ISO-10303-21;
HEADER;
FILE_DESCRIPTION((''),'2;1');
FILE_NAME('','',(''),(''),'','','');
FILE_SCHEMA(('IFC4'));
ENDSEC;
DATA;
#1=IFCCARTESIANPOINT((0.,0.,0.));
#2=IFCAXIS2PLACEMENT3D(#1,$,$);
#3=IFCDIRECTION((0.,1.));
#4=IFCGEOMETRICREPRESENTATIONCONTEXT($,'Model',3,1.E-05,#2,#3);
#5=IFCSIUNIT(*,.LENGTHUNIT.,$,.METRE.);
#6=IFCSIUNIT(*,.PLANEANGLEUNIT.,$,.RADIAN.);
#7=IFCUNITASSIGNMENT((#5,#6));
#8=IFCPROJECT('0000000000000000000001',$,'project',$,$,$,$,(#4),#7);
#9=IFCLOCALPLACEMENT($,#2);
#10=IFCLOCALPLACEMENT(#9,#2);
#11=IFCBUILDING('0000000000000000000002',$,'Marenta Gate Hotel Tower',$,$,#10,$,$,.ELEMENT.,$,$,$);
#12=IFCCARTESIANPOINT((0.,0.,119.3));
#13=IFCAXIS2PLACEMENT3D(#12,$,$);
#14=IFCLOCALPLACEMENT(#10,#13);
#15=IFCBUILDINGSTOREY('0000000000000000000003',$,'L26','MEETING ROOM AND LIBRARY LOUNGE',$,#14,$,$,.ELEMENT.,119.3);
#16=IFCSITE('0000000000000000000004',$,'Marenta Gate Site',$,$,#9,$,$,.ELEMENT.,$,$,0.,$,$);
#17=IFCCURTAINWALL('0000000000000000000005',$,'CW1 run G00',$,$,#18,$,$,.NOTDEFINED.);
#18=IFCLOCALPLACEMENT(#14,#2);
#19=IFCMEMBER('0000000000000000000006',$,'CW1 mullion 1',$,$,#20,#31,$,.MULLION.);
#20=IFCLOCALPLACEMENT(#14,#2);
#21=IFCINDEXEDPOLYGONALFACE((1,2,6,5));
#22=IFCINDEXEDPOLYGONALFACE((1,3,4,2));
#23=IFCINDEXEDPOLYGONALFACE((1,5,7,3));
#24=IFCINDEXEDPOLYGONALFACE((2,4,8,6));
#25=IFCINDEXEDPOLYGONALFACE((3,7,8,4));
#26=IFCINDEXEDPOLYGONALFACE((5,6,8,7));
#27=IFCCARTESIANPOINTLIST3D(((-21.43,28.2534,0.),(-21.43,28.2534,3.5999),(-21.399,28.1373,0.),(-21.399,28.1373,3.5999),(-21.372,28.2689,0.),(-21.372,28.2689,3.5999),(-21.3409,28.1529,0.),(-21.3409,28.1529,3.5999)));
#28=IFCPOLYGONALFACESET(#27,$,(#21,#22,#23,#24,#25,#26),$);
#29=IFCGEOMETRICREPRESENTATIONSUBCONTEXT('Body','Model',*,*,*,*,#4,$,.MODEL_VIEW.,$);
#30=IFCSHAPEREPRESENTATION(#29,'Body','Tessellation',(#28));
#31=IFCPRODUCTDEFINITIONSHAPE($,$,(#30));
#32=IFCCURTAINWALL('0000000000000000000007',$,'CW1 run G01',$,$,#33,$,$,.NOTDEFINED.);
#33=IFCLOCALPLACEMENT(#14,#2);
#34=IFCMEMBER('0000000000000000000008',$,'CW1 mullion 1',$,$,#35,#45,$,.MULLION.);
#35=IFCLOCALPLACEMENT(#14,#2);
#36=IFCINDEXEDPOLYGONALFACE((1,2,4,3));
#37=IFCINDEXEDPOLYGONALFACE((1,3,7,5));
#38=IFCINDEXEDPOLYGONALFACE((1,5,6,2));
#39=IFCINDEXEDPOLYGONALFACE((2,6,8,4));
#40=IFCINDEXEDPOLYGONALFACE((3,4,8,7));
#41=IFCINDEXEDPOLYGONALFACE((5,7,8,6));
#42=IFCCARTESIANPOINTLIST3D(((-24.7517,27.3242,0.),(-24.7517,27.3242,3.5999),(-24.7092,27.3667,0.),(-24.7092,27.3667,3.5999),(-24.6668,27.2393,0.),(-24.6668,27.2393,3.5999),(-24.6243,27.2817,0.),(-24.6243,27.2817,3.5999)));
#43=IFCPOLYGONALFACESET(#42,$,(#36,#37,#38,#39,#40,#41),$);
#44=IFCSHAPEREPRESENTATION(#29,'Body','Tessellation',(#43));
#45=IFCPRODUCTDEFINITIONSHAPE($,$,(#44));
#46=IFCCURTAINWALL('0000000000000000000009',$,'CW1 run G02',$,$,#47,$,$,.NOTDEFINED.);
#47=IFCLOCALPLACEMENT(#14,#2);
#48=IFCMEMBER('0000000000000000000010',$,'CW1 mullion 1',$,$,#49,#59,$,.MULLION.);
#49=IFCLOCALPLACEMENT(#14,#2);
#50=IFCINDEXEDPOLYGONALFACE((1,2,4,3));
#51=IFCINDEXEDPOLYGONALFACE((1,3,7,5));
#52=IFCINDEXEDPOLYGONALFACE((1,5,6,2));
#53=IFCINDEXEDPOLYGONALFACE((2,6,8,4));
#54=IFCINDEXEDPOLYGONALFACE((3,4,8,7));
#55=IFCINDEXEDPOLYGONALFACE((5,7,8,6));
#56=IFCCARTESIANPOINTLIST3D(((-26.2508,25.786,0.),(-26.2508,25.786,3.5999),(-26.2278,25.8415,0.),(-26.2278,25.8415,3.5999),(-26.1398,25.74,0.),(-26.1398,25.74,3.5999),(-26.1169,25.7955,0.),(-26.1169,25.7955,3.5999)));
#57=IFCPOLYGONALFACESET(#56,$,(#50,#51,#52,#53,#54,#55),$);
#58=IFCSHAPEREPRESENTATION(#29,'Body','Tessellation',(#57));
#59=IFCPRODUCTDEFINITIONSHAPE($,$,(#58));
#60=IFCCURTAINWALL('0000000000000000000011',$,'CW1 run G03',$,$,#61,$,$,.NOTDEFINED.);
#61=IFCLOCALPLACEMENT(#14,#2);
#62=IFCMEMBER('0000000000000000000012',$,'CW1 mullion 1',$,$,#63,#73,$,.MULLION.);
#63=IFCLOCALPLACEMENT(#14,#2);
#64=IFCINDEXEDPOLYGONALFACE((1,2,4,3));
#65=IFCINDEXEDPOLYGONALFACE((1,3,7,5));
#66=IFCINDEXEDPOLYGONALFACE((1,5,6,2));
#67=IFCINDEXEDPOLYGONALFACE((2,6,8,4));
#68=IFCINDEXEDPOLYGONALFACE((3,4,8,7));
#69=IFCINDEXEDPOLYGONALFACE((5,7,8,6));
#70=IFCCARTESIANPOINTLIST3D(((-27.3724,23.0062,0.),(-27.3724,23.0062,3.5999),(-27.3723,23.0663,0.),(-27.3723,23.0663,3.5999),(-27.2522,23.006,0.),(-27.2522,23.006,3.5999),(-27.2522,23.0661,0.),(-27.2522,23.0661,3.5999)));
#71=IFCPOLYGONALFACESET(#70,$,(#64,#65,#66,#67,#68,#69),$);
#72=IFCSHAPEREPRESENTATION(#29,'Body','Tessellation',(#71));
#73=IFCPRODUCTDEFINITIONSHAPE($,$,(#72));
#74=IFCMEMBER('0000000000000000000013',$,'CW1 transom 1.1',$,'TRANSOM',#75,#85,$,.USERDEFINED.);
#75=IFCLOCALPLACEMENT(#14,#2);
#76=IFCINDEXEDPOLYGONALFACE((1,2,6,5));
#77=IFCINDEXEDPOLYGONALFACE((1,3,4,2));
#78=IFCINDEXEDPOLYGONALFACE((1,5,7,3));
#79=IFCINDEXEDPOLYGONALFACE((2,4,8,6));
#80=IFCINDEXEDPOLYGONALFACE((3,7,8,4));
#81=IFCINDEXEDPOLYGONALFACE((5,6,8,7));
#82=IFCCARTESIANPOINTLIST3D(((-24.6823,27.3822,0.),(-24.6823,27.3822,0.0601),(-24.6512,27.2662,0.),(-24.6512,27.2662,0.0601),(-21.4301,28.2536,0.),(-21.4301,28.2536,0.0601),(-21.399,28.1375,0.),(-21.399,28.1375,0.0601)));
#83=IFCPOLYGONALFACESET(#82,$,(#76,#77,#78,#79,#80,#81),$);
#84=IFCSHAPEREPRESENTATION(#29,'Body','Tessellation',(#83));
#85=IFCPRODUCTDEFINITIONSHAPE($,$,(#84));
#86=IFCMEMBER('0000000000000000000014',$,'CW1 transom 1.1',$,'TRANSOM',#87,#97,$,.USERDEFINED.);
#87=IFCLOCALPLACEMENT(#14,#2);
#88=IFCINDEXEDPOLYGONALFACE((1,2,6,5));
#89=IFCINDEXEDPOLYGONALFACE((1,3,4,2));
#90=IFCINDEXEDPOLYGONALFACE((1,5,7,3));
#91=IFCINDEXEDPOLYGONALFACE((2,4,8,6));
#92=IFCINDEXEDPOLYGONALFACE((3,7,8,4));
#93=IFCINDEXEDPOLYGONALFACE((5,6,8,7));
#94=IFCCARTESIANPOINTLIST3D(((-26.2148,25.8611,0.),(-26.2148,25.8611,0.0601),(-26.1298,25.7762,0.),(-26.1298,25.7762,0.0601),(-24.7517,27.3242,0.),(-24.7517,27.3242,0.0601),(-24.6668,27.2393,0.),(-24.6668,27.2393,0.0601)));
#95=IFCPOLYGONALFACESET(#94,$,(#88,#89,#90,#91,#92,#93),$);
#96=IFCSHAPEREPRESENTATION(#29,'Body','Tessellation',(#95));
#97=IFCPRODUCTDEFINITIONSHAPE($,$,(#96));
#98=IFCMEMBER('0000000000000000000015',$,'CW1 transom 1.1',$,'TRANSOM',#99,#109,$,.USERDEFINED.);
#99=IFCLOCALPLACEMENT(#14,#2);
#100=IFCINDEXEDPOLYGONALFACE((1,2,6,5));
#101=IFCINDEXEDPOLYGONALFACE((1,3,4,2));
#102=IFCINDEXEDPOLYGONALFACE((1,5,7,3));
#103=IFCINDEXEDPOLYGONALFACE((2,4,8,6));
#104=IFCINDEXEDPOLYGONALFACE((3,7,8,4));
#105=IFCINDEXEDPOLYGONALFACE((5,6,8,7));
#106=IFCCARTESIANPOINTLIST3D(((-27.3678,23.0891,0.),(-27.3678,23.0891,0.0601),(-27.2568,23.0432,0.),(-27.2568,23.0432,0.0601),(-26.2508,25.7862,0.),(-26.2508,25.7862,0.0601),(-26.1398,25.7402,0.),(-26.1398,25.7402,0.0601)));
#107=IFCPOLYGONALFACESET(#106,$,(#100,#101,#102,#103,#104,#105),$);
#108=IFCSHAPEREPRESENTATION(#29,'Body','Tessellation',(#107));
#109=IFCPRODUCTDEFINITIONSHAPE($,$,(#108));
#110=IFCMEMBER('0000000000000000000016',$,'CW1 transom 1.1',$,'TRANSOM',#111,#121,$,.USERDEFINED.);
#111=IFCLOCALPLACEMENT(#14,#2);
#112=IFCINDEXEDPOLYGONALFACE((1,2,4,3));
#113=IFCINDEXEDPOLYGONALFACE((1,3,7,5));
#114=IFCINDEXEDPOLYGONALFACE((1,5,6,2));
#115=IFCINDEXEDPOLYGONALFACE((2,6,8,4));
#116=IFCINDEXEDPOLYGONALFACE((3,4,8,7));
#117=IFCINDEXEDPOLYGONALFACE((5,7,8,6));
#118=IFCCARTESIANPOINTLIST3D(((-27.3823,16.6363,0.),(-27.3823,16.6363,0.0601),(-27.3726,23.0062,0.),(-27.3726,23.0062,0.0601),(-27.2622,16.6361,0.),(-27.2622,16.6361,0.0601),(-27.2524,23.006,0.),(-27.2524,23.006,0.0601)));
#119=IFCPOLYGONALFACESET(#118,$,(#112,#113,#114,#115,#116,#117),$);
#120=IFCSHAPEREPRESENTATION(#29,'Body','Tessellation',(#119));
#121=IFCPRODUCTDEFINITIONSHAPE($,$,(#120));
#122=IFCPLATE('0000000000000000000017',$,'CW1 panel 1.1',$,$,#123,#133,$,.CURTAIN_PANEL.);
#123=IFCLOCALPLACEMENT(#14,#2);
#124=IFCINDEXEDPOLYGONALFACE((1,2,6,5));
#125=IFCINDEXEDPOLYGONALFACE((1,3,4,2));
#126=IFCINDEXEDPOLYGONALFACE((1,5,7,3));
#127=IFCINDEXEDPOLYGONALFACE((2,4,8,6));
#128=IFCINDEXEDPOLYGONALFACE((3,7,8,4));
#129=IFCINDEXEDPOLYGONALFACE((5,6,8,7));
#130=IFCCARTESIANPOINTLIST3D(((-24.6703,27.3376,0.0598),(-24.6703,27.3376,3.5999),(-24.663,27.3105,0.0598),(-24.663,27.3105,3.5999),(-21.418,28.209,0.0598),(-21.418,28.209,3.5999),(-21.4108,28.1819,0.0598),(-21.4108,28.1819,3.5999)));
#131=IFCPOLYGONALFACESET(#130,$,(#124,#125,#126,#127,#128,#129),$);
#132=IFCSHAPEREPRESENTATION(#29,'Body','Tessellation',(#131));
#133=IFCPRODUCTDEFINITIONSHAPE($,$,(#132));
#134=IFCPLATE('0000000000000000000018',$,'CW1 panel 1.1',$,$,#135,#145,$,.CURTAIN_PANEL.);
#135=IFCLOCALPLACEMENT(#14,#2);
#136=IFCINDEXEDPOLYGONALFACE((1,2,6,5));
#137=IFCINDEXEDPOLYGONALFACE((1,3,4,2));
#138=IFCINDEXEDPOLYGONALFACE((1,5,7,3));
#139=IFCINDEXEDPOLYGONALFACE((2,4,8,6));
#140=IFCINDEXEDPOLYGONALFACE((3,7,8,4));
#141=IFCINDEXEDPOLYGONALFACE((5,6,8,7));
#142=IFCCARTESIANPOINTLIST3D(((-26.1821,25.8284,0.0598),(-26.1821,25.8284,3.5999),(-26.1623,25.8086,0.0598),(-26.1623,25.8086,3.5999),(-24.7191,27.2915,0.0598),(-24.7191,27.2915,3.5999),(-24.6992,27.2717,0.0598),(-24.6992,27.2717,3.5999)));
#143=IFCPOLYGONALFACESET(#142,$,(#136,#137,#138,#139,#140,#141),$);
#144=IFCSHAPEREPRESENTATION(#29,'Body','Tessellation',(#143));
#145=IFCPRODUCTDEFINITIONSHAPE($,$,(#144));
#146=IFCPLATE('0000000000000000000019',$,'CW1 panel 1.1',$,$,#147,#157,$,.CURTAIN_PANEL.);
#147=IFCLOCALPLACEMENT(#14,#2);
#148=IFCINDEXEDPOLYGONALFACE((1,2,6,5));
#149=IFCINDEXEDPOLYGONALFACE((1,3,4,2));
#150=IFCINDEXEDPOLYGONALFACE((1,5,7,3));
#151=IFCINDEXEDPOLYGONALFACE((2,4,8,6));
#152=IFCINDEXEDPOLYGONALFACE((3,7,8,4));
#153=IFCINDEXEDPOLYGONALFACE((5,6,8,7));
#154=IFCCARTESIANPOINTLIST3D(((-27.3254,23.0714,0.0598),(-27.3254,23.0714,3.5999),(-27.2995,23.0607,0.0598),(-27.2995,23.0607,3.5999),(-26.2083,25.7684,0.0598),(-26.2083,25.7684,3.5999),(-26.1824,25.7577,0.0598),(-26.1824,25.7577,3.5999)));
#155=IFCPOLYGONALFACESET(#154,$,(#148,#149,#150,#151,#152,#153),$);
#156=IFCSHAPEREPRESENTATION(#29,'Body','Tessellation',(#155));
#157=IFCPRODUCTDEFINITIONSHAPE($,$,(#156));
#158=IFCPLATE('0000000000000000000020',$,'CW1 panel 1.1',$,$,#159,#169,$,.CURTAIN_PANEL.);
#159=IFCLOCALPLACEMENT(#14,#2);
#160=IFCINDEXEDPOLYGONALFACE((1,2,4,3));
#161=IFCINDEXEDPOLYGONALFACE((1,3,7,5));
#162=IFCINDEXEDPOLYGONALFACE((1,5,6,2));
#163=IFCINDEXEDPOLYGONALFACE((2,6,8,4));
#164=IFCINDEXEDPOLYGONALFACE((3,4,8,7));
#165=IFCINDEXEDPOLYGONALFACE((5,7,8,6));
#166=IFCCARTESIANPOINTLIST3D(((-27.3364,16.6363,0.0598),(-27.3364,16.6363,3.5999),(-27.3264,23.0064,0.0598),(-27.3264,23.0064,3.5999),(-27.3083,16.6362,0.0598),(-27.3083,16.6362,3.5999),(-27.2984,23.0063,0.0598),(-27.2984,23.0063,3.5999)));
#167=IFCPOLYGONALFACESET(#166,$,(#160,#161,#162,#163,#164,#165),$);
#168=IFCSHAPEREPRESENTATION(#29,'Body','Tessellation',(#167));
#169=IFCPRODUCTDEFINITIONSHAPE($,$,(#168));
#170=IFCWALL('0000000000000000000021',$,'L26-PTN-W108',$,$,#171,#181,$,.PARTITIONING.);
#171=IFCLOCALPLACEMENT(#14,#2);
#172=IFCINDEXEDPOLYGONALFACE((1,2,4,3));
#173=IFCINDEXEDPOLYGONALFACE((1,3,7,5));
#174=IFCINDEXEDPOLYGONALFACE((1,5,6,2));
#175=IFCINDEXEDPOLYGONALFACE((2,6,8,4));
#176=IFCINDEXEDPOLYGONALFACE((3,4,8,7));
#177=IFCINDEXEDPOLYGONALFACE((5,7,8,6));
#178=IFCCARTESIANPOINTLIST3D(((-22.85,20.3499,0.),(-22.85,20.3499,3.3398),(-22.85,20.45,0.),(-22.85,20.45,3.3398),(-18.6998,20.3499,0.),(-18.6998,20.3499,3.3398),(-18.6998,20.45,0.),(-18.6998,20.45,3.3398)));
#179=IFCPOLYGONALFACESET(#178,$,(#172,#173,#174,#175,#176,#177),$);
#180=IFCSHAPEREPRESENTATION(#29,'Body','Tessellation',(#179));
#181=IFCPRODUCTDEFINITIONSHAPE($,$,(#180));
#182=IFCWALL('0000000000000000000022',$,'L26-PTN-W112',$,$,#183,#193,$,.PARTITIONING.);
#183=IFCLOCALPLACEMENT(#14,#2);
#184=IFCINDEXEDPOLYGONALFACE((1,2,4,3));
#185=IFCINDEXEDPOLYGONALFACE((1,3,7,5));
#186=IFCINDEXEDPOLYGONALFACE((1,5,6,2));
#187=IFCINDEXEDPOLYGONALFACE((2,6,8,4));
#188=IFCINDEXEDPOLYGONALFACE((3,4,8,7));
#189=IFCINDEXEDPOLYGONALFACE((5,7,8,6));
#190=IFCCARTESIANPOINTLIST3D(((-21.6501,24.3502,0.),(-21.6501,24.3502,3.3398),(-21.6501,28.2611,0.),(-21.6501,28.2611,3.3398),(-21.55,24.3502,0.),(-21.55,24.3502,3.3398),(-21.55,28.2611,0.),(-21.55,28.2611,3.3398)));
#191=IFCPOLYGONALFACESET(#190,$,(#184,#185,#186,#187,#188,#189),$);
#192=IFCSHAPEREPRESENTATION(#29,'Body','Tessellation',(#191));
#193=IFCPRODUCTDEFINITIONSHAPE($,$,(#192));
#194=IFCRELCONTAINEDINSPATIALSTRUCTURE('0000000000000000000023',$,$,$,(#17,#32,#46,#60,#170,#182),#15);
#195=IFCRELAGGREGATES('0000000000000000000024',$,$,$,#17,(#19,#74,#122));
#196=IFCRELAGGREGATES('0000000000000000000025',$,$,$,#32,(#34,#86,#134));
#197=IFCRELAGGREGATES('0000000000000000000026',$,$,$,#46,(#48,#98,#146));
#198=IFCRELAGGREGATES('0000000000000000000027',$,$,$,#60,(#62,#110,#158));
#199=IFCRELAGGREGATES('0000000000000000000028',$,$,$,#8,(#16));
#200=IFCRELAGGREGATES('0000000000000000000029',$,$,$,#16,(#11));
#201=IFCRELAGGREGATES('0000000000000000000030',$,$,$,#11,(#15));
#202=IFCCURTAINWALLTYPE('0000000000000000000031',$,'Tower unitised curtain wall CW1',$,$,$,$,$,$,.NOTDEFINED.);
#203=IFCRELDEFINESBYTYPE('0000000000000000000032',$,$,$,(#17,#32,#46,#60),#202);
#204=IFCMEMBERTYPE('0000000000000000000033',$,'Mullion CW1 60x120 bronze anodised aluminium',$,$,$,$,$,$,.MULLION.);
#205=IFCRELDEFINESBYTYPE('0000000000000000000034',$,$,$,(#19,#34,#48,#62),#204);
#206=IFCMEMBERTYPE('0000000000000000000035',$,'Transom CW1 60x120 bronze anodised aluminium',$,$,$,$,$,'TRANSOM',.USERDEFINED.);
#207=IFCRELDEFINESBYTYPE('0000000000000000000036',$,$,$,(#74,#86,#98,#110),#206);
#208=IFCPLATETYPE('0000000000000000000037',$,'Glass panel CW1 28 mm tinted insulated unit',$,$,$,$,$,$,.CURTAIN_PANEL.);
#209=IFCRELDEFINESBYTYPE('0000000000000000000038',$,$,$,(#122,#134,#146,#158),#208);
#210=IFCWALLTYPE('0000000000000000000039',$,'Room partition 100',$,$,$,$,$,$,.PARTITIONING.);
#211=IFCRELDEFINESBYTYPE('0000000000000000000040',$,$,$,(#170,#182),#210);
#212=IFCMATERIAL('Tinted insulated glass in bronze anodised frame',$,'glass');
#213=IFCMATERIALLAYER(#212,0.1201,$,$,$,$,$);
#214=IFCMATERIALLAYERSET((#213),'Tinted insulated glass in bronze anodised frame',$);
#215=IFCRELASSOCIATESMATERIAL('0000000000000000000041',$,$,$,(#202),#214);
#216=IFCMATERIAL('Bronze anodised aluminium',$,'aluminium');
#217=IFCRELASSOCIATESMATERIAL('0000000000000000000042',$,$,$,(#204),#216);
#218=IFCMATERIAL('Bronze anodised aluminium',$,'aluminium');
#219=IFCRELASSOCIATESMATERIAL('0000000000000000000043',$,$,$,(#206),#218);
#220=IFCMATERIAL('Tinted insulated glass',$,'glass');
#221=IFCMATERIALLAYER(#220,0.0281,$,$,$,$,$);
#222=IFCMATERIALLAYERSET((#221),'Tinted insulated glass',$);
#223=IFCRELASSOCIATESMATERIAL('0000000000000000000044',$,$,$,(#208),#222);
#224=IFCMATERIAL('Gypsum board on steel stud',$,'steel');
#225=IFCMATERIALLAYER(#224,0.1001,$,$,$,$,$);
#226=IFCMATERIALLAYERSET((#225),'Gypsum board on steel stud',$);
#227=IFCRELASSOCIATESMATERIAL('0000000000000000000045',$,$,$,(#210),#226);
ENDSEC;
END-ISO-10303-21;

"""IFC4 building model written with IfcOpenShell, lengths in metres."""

from ifc_helpers import new_model, si_unit, direction, frame, frame_2d, origin, origin_2d, place, context, subcontext, project, spatial, rectangle, extrude, material, layer, layer_set, material_profile, profile_set, type_object, element, aggregate, save


model = new_model("IFC4")

# Units and contexts
model_context = context("Model", 3, precision=1e-05, world=origin(), true_north=direction((0.0, 1.0)))
body_context = subcontext(model_context, "Body", "Model", "MODEL_VIEW")
ifc_project = project(units=[si_unit("LENGTHUNIT", "METRE"), si_unit("PLANEANGLEUNIT", "RADIAN")], contexts=[model_context])

# Site, building, storey
site_placement = place(None, origin())
site = spatial("IfcSite", under=ifc_project, at=site_placement, Name="Marenta Gate Site", CompositionType="ELEMENT", RefElevation=0.0)
building_placement = place(site_placement, origin())
building = spatial("IfcBuilding", under=site, at=building_placement, Name="Marenta Gate Hotel Tower", CompositionType="ELEMENT")
storey_placement = place(building_placement, frame((0.0, 0.0, 119.3)))
storey = spatial("IfcBuildingStorey", under=building, at=storey_placement, Name="L26", Description="MEETING ROOM AND LIBRARY LOUNGE", CompositionType="ELEMENT", Elevation=119.3)

# Curtain walls, members
ifc_material_1 = material(Name="Tinted insulated glass in bronze anodised frame", Category="glass")
ifc_layer_1 = layer(ifc_material_1, 0.1201)
ifc_layer_set_1 = layer_set([ifc_layer_1], Name="Tinted insulated glass in bronze anodised frame")
curtain_wall_type = type_object("IfcCurtainWallType", Name="Tower unitised curtain wall CW1", PredefinedType="NOTDEFINED", material=ifc_layer_set_1)
curtain_wall_1_placement = place(storey_placement, origin())
curtain_wall_1 = element("IfcCurtainWall", 1, at=curtain_wall_1_placement, inside=storey, type_object=curtain_wall_type, Name="CW1 run G00", PredefinedType="NOTDEFINED")
ifc_material_2 = material(Name="Bronze anodised aluminium", Category="aluminium")
ifc_material_profile_1 = material_profile(ifc_material_2, rectangle(XDim=0.1201, YDim=0.0601, at=origin_2d()), Name="Mullion CW1 60x120 bronze anodised aluminium")
ifc_profile_set_1 = profile_set([ifc_material_profile_1], Name="Bronze anodised aluminium")
member_type_1 = type_object("IfcMemberType", Name="Mullion CW1 60x120 bronze anodised aluminium", PredefinedType="MULLION", material=ifc_profile_set_1)
member_1_placement = place(storey_placement, frame((-21.3855, 28.2031, 0.0), z_axis=(0.0, 0.0, 1.0), x_axis=(0.258801, -0.965931, 0.0)))
member_1 = element("IfcMember", 2, at=member_1_placement, type_object=member_type_1, Name="CW1 mullion 1", PredefinedType="MULLION", context=body_context, shape_type="SweptSolid", body=[
    extrude(rectangle(XDim=0.1201, YDim=0.0601, at=origin_2d()), origin(), (0.0, 0.0, 1.0), 3.5999),
])
curtain_wall_2_placement = place(storey_placement, origin())
curtain_wall_2 = element("IfcCurtainWall", 3, at=curtain_wall_2_placement, inside=storey, type_object=curtain_wall_type, Name="CW1 run G01", PredefinedType="NOTDEFINED")
member_2_placement = place(storey_placement, frame((-24.688, 27.303, 0.0), z_axis=(0.0, 0.0, 1.0), x_axis=(0.707107, -0.707107, 0.0)))
member_2 = element("IfcMember", 4, at=member_2_placement, type_object=member_type_1, Name="CW1 mullion 1", PredefinedType="MULLION", context=body_context, shape_type="SweptSolid", body=[
    extrude(rectangle(XDim=0.1201, YDim=0.0601, at=origin_2d()), origin(), (0.0, 0.0, 1.0), 3.5999),
])
curtain_wall_3_placement = place(storey_placement, origin())
curtain_wall_3 = element("IfcCurtainWall", 5, at=curtain_wall_3_placement, inside=storey, type_object=curtain_wall_type, Name="CW1 run G02", PredefinedType="NOTDEFINED")
member_3_placement = place(storey_placement, frame((-26.1838, 25.7908, 0.0), z_axis=(0.0, 0.0, 1.0), x_axis=(0.923884, -0.382672, 0.0)))
member_3 = element("IfcMember", 6, at=member_3_placement, type_object=member_type_1, Name="CW1 mullion 1", PredefinedType="MULLION", context=body_context, shape_type="SweptSolid", body=[
    extrude(rectangle(XDim=0.1201, YDim=0.0601, at=origin_2d()), origin(), (0.0, 0.0, 1.0), 3.5999),
])
curtain_wall_4_placement = place(storey_placement, origin())
curtain_wall_4 = element("IfcCurtainWall", 7, at=curtain_wall_4_placement, inside=storey, type_object=curtain_wall_type, Name="CW1 run G03", PredefinedType="NOTDEFINED")
member_4_placement = place(storey_placement, frame((-27.3123, 23.0361, 0.0), z_axis=(0.0, 0.0, 1.0), x_axis=(0.999999, -0.001566, 0.0)))
member_4 = element("IfcMember", 8, at=member_4_placement, type_object=member_type_1, Name="CW1 mullion 1", PredefinedType="MULLION", context=body_context, shape_type="SweptSolid", body=[
    extrude(rectangle(XDim=0.1201, YDim=0.0601, at=origin_2d()), origin(), (0.0, 0.0, 1.0), 3.5999),
])

# Members
ifc_material_3 = material(Name="Bronze anodised aluminium", Category="aluminium")
ifc_material_profile_2 = material_profile(ifc_material_3, rectangle(XDim=0.1201, YDim=0.0601, at=origin_2d()), Name="Transom CW1 60x120 bronze anodised aluminium")
ifc_profile_set_2 = profile_set([ifc_material_profile_2], Name="Bronze anodised aluminium")
member_type_2 = type_object("IfcMemberType", Name="Transom CW1 60x120 bronze anodised aluminium", ElementType="TRANSOM", PredefinedType="USERDEFINED", material=ifc_profile_set_2)
member_5_placement = place(storey_placement, frame((-21.4146, 28.1956, 0.03), z_axis=(-0.965932, -0.258795, 0.0), x_axis=(0.258795, -0.965932, 0.0)))
member_5 = element("IfcMember", 9, at=member_5_placement, type_object=member_type_2, Name="CW1 transom 1.1", ObjectType="TRANSOM", PredefinedType="USERDEFINED", context=body_context, shape_type="SweptSolid", body=[
    extrude(rectangle(XDim=0.1201, YDim=0.0601, at=origin_2d()), origin(), (0.0, 0.0, 1.0), 3.3669),
])
member_6_placement = place(storey_placement, frame((-24.7092, 27.2817, 0.03), z_axis=(-0.707107, -0.707107, 0.0), x_axis=(0.707107, -0.707107, 0.0)))
member_6 = element("IfcMember", 10, at=member_6_placement, type_object=member_type_2, Name="CW1 transom 1.1", ObjectType="TRANSOM", PredefinedType="USERDEFINED", context=body_context, shape_type="SweptSolid", body=[
    extrude(rectangle(XDim=0.1201, YDim=0.0601, at=origin_2d()), origin(), (0.0, 0.0, 1.0), 2.0691),
])
member_7_placement = place(storey_placement, frame((-26.1953, 25.7632, 0.03), z_axis=(-0.382625, -0.923904, 0.0), x_axis=(0.923904, -0.382625, 0.0)))
member_7 = element("IfcMember", 11, at=member_7_placement, type_object=member_type_2, Name="CW1 transom 1.1", ObjectType="TRANSOM", PredefinedType="USERDEFINED", context=body_context, shape_type="SweptSolid", body=[
    extrude(rectangle(XDim=0.1201, YDim=0.0601, at=origin_2d()), origin(), (0.0, 0.0, 1.0), 2.9192),
])
member_8_placement = place(storey_placement, frame((-27.3125, 23.0061, 0.03), z_axis=(-0.001533, -0.999999, 0.0), x_axis=(0.999999, -0.001533, 0.0)))
member_8 = element("IfcMember", 12, at=member_8_placement, type_object=member_type_2, Name="CW1 transom 1.1", ObjectType="TRANSOM", PredefinedType="USERDEFINED", context=body_context, shape_type="SweptSolid", body=[
    extrude(rectangle(XDim=0.1201, YDim=0.0601, at=origin_2d()), origin(), (0.0, 0.0, 1.0), 6.3699),
])

# Plates
ifc_material_4 = material(Name="Tinted insulated glass", Category="glass")
ifc_layer_2 = layer(ifc_material_4, 0.0281)
ifc_layer_set_2 = layer_set([ifc_layer_2], Name="Tinted insulated glass")
plate_type = type_object("IfcPlateType", Name="Glass panel CW1 28 mm tinted insulated unit", PredefinedType="CURTAIN_PANEL", material=ifc_layer_set_2)
plate_1_placement = place(storey_placement, frame((-23.0405, 27.7598, 0.0598), z_axis=(0.0, 0.0, 1.0), x_axis=(-0.965931, -0.258801, 0.0)))
plate_1 = element("IfcPlate", 13, at=plate_1_placement, type_object=plate_type, Name="CW1 panel 1.1", PredefinedType="CURTAIN_PANEL", context=body_context, shape_type="SweptSolid", body=[
    extrude(rectangle(XDim=3.3669, YDim=0.0281, at=origin_2d()), origin(), (0.0, 0.0, 1.0), 3.54),
])
aggregate(curtain_wall_1, [member_1, member_5, plate_1])
plate_2_placement = place(storey_placement, frame((-25.4407, 26.55, 0.0598), z_axis=(0.0, 0.0, 1.0), x_axis=(-0.707107, -0.707107, 0.0)))
plate_2 = element("IfcPlate", 14, at=plate_2_placement, type_object=plate_type, Name="CW1 panel 1.1", PredefinedType="CURTAIN_PANEL", context=body_context, shape_type="SweptSolid", body=[
    extrude(rectangle(XDim=2.0691, YDim=0.0281, at=origin_2d()), origin(), (0.0, 0.0, 1.0), 3.54),
])
aggregate(curtain_wall_2, [member_2, member_6, plate_2])
plate_3_placement = place(storey_placement, frame((-26.7539, 24.4146, 0.0598), z_axis=(0.0, 0.0, 1.0), x_axis=(-0.382672, -0.923884, 0.0)))
plate_3 = element("IfcPlate", 15, at=plate_3_placement, type_object=plate_type, Name="CW1 panel 1.1", PredefinedType="CURTAIN_PANEL", context=body_context, shape_type="SweptSolid", body=[
    extrude(rectangle(XDim=2.9192, YDim=0.0281, at=origin_2d()), origin(), (0.0, 0.0, 1.0), 3.54),
])
aggregate(curtain_wall_3, [member_3, member_7, plate_3])
plate_4_placement = place(storey_placement, frame((-27.3174, 19.8213, 0.0598), z_axis=(0.0, 0.0, 1.0), x_axis=(-0.001566, -0.999999, 0.0)))
plate_4 = element("IfcPlate", 16, at=plate_4_placement, type_object=plate_type, Name="CW1 panel 1.1", PredefinedType="CURTAIN_PANEL", context=body_context, shape_type="SweptSolid", body=[
    extrude(rectangle(XDim=6.3701, YDim=0.0281, at=origin_2d()), origin(), (0.0, 0.0, 1.0), 3.54),
])
aggregate(curtain_wall_4, [member_4, member_8, plate_4])

# Walls
ifc_material_5 = material(Name="Gypsum board on steel stud", Category="steel")
ifc_layer_3 = layer(ifc_material_5, 0.1001)
ifc_layer_set_3 = layer_set([ifc_layer_3], Name="Gypsum board on steel stud")
wall_type_1 = type_object("IfcWallType", Name="Room partition 100", PredefinedType="PARTITIONING", material=ifc_layer_set_3)
wall_1_placement = place(storey_placement, frame((-22.8501, 20.3999, 0.0), z_axis=(0.0, 0.0, 1.0), x_axis=(1.0, 0.0, 0.0)))
element("IfcWall", 17, at=wall_1_placement, inside=storey, type_object=wall_type_1, Name="L26-PTN-W108", PredefinedType="PARTITIONING", context=body_context, shape_type="SweptSolid", body=[
    extrude(rectangle(XDim=4.1501, YDim=0.1001, at=frame_2d((2.0752, 0.0))), origin(), (0.0, 0.0, 1.0), 3.3398),
])
wall_2_placement = place(storey_placement, frame((-21.6001, 24.3501, 0.0), z_axis=(0.0, 0.0, 1.0), x_axis=(0.0, 1.0, 0.0)))
element("IfcWall", 18, at=wall_2_placement, inside=storey, type_object=wall_type_1, Name="L26-PTN-W112", PredefinedType="PARTITIONING", context=body_context, shape_type="SweptSolid", body=[
    extrude(rectangle(XDim=3.9109, YDim=0.1001, at=frame_2d((1.9556, 0.0))), origin(), (0.0, 0.0, 1.0), 3.3398),
])

save(model, "model.ifc")
